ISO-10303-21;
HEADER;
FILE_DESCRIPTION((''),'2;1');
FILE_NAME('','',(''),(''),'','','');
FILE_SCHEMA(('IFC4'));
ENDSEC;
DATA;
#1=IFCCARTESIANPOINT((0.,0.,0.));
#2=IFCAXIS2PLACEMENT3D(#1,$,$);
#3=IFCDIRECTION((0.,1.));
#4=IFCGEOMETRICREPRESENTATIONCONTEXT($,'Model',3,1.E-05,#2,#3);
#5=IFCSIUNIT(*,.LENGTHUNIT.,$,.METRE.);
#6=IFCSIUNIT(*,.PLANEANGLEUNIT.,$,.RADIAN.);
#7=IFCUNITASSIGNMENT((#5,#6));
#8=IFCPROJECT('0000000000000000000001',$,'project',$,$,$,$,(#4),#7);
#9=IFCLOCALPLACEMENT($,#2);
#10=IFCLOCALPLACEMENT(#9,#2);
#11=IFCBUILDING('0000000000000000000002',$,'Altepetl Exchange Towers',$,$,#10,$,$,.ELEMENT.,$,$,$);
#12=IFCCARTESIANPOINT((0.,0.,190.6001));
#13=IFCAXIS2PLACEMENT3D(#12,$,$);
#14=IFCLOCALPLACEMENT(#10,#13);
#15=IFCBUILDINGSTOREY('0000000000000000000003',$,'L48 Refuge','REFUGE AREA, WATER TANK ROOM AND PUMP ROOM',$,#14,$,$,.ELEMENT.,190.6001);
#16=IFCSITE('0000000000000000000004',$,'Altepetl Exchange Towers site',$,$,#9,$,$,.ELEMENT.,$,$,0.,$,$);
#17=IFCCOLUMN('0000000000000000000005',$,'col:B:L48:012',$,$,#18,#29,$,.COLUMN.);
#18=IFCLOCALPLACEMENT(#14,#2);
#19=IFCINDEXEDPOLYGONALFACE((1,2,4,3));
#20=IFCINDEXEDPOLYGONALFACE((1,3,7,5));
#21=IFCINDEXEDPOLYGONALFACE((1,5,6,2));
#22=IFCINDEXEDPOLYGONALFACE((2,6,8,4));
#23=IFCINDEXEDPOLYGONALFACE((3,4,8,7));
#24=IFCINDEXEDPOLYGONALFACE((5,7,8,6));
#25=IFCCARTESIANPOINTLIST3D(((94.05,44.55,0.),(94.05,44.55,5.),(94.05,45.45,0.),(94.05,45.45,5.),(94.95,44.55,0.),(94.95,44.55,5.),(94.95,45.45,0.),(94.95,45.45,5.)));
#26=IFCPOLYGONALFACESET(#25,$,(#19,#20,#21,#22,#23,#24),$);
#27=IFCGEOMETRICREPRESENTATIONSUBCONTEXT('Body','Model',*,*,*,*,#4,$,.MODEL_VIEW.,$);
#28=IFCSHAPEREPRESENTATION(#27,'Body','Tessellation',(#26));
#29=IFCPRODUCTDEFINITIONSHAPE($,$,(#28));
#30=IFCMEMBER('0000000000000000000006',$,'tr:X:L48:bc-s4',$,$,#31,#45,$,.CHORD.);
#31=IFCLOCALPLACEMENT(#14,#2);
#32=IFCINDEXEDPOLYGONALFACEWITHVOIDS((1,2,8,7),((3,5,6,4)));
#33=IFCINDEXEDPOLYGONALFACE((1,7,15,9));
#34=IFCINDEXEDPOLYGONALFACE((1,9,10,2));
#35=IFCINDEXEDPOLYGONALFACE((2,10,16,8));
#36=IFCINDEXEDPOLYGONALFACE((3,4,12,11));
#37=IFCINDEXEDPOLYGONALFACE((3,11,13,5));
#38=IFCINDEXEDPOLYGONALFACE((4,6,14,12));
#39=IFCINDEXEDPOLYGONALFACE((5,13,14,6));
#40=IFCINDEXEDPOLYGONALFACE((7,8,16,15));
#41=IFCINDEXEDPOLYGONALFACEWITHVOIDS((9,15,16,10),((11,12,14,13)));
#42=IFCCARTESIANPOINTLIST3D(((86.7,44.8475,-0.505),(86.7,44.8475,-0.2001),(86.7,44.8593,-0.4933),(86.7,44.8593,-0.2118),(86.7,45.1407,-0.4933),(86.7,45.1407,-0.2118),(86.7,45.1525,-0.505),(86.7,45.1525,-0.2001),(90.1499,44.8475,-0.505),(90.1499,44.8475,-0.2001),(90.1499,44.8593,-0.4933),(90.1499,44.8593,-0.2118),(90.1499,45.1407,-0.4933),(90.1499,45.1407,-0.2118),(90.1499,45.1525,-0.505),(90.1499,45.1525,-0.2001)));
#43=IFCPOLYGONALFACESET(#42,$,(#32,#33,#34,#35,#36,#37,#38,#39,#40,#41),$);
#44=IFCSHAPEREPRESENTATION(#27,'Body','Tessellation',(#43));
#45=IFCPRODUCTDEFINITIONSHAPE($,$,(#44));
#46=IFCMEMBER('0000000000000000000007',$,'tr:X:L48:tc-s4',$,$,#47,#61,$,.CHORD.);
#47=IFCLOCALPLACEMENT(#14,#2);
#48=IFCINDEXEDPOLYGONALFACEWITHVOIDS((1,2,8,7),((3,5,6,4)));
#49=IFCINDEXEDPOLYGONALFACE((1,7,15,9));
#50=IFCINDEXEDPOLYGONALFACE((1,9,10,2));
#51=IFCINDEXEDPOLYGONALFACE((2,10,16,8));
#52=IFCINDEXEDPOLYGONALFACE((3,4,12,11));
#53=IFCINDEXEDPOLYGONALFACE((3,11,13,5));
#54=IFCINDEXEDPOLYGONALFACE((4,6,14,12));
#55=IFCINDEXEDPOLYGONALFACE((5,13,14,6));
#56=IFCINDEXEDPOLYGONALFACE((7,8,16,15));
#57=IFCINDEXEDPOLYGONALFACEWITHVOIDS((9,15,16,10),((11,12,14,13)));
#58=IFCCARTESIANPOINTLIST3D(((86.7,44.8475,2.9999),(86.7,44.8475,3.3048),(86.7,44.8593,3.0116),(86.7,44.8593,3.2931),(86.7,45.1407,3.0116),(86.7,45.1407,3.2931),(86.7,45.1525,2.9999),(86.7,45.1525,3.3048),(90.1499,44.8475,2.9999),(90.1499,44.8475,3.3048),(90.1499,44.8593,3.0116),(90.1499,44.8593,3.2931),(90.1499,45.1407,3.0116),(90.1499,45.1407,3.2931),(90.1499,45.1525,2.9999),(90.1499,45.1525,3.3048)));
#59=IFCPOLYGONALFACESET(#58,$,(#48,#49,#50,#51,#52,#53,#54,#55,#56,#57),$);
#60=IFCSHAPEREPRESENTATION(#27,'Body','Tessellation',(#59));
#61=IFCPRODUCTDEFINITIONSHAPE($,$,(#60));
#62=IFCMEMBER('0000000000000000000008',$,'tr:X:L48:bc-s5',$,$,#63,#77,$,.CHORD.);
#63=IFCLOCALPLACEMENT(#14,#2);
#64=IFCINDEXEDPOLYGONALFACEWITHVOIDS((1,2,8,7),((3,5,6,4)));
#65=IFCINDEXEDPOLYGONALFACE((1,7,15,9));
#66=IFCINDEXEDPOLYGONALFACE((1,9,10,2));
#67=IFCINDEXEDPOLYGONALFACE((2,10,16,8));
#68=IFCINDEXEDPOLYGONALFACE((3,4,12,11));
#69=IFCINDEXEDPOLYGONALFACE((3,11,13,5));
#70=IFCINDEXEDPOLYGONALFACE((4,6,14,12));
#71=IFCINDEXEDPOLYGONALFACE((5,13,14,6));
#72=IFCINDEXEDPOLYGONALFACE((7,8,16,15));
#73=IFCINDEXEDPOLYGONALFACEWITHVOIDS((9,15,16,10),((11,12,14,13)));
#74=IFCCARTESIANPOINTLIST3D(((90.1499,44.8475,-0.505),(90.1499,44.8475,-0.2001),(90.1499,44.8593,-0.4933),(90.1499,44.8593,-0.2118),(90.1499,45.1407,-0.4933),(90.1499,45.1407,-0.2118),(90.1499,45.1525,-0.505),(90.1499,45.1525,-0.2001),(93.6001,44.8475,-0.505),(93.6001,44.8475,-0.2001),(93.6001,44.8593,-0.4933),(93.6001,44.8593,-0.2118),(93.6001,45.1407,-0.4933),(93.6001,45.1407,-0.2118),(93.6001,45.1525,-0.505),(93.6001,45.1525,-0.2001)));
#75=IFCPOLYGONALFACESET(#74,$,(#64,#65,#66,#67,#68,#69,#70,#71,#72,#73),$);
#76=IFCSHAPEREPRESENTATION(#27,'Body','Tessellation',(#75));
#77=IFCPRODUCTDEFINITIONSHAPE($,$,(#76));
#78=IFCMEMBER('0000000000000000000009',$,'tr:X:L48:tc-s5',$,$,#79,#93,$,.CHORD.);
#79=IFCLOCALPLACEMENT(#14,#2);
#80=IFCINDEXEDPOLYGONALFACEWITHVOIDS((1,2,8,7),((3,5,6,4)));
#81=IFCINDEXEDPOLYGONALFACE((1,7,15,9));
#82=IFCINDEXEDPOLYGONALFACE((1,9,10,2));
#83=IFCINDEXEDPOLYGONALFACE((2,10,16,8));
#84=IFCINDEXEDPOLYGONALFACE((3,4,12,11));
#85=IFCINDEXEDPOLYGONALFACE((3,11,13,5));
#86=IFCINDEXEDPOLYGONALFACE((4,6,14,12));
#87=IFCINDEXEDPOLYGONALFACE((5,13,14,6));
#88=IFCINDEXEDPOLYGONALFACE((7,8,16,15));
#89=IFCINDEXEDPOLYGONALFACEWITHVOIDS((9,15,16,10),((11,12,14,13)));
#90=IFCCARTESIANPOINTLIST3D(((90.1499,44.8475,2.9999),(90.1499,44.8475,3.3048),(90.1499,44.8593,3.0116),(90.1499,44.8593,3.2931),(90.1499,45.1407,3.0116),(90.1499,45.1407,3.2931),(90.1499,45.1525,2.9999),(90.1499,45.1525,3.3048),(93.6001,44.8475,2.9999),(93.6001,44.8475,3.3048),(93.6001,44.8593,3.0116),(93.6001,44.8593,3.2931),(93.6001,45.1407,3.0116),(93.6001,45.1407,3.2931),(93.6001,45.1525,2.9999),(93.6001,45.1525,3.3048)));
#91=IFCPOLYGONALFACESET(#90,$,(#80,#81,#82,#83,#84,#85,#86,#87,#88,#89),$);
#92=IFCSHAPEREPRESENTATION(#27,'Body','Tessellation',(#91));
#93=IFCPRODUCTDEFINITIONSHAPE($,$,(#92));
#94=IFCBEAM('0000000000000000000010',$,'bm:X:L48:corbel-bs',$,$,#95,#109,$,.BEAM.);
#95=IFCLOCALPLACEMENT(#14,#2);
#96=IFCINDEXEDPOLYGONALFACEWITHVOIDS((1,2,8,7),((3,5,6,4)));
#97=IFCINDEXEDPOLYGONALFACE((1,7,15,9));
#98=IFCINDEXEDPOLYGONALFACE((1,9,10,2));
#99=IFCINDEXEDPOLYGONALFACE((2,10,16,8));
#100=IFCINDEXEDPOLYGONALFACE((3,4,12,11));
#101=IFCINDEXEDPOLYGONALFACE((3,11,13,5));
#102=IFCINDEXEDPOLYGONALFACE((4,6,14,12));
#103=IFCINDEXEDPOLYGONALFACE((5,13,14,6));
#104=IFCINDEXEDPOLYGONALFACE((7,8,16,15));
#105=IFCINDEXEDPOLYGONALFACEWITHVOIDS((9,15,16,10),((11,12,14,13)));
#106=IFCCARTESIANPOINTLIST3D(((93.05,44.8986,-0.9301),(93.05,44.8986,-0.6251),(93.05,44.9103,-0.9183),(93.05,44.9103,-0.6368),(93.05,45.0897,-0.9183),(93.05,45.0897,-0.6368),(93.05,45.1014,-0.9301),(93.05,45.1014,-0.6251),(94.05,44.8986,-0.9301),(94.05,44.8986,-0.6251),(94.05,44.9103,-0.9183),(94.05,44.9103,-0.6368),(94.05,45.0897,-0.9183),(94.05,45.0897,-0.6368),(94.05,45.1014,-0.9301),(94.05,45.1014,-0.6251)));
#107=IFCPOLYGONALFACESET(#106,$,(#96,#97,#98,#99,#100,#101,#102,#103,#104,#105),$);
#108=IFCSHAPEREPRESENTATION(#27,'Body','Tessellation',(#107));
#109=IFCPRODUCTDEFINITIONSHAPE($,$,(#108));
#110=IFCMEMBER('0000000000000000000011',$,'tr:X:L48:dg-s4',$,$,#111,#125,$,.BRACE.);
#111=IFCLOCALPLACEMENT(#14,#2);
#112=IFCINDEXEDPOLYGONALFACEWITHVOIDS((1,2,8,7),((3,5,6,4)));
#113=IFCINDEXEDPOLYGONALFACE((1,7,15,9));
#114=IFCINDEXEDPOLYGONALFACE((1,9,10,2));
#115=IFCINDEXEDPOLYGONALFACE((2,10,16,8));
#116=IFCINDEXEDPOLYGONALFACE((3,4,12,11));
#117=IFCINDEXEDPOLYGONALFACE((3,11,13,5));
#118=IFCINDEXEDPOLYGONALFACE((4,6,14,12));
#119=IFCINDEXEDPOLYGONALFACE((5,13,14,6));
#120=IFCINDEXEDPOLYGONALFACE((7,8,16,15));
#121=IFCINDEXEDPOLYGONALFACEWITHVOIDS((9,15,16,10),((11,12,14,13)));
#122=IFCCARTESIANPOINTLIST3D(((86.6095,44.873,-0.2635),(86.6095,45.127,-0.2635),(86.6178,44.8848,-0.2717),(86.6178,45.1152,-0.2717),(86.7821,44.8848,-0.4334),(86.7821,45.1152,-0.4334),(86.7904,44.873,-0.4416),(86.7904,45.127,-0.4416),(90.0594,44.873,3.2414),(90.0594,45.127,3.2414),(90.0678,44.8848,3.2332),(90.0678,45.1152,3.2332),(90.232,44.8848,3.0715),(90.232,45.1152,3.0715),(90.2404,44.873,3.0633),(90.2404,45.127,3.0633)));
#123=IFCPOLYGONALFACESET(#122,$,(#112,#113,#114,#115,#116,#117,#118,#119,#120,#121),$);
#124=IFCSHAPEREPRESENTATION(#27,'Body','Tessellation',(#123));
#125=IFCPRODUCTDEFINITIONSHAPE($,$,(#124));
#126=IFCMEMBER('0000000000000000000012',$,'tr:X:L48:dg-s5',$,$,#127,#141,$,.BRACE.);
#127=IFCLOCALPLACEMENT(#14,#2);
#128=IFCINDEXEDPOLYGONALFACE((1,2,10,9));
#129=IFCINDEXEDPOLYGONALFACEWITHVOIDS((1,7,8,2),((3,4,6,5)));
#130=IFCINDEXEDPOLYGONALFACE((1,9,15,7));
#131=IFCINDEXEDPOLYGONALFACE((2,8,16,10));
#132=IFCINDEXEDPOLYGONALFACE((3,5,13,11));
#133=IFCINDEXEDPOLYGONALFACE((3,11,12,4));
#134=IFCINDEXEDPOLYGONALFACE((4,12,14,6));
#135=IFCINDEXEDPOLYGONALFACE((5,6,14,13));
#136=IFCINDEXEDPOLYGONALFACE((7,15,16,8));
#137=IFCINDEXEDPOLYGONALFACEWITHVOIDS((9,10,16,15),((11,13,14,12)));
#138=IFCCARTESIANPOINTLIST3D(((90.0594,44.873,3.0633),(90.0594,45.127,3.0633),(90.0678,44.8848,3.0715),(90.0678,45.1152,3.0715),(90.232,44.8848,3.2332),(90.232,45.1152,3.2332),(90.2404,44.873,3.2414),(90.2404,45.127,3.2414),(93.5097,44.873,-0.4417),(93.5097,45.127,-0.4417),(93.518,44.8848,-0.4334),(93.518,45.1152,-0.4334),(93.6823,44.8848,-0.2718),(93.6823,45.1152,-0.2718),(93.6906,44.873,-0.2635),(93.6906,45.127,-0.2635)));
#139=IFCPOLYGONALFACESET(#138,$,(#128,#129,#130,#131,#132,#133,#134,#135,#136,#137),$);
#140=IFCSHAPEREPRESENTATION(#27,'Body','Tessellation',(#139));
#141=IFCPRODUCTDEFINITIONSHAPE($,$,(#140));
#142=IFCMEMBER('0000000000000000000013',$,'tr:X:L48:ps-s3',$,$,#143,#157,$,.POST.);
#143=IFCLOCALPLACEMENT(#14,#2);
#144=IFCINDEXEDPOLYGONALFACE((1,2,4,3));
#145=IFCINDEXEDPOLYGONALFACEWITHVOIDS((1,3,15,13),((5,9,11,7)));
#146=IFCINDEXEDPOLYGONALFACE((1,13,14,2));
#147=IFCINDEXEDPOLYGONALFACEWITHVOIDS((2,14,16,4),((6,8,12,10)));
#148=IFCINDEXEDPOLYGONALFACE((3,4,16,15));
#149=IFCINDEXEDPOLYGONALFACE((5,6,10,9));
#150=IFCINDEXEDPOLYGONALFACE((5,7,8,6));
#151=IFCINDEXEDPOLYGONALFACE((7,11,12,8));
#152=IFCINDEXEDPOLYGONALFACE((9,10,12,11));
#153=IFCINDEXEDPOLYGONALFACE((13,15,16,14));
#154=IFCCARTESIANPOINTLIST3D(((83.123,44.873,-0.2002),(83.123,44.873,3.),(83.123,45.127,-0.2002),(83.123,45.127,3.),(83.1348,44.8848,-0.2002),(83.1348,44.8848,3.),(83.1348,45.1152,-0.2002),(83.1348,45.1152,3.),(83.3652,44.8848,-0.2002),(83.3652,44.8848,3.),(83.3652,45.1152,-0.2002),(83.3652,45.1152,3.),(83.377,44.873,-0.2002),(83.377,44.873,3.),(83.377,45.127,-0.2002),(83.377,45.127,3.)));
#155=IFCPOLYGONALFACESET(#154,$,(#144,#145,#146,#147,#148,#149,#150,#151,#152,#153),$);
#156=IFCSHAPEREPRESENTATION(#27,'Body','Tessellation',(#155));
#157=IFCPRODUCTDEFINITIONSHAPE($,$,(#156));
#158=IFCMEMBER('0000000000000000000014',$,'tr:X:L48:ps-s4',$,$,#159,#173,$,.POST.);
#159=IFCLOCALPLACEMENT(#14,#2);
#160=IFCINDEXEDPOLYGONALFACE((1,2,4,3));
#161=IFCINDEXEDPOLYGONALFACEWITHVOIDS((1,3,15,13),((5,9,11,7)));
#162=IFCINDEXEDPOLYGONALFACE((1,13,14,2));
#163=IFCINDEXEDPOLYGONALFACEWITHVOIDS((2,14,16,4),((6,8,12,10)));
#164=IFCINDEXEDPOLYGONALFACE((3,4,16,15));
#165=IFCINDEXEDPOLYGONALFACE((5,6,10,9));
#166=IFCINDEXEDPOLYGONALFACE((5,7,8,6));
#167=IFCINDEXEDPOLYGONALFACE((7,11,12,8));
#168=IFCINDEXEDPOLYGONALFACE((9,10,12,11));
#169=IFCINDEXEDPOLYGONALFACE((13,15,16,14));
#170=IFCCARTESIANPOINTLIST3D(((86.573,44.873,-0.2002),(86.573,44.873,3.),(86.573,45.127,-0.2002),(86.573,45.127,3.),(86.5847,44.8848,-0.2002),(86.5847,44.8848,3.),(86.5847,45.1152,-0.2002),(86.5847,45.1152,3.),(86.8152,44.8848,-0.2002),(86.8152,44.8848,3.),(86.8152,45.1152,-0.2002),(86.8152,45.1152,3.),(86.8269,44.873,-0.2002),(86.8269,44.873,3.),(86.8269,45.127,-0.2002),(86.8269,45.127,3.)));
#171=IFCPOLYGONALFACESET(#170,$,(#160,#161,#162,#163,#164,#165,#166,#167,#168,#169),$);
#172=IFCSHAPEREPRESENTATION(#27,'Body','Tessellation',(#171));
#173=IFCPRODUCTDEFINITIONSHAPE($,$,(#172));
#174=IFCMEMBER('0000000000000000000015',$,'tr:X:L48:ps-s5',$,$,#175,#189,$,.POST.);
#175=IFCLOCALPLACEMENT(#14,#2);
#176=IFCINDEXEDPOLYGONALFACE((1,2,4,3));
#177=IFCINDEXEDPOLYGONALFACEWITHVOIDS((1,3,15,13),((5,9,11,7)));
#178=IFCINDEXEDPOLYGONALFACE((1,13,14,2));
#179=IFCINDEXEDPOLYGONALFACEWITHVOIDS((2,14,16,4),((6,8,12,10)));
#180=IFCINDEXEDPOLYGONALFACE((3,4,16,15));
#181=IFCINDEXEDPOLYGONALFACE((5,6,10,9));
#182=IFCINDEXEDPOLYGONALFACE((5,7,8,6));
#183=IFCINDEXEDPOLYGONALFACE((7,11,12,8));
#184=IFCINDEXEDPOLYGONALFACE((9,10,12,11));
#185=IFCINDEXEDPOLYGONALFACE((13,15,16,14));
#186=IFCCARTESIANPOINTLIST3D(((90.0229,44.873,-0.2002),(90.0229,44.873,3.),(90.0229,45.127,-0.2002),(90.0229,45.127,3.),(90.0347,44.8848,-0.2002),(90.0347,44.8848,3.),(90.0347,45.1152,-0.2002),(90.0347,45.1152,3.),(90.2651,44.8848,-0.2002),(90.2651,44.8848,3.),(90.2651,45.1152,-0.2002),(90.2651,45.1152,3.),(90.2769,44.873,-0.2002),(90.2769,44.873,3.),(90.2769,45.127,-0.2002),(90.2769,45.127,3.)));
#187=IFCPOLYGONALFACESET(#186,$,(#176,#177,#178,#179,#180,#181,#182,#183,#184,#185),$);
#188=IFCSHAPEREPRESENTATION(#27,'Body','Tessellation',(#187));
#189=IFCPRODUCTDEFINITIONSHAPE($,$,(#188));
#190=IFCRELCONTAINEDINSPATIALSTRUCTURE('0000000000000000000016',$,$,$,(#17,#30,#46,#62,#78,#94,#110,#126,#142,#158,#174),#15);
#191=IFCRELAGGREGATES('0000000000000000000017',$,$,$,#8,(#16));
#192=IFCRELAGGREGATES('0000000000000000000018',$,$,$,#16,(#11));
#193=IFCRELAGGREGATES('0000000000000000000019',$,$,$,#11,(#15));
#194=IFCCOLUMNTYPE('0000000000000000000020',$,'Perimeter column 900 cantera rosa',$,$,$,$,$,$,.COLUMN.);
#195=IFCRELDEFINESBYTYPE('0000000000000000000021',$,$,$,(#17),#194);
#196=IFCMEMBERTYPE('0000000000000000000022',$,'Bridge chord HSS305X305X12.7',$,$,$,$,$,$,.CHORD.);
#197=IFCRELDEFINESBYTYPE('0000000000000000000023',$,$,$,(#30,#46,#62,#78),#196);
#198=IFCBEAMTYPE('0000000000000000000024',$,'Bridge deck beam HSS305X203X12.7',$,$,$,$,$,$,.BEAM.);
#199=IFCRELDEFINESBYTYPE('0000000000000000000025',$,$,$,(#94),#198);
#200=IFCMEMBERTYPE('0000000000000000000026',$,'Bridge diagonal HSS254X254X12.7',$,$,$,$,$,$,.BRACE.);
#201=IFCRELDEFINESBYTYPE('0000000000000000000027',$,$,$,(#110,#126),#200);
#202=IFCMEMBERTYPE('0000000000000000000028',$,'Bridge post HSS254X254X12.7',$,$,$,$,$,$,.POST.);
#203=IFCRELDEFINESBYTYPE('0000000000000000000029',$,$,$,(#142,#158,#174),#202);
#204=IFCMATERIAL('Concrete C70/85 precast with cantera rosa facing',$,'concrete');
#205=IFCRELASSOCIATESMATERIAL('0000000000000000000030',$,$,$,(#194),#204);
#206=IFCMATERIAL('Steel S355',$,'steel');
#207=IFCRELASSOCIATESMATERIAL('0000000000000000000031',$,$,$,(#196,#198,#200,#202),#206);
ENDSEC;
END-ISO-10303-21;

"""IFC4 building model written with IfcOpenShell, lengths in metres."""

from ifc_helpers import new_model, si_unit, direction, frame, origin, origin_2d, place, context, subcontext, project, spatial, rectangle, hollow_rectangle, extrude, material, material_profile, profile_set, type_object, element, save


model = new_model("IFC4")

# Units and contexts
model_context = context("Model", 3, precision=1e-05, world=origin(), true_north=direction((0.0, 1.0)))
body_context = subcontext(model_context, "Body", "Model", "MODEL_VIEW")
ifc_project = project(units=[si_unit("LENGTHUNIT", "METRE"), si_unit("PLANEANGLEUNIT", "RADIAN")], contexts=[model_context])

# Site, building, storey
site_placement = place(None, origin())
site = spatial("IfcSite", under=ifc_project, at=site_placement, Name="Altepetl Exchange Towers site", CompositionType="ELEMENT", RefElevation=0.0)
building_placement = place(site_placement, origin())
building = spatial("IfcBuilding", under=site, at=building_placement, Name="Altepetl Exchange Towers", CompositionType="ELEMENT")
storey_placement = place(building_placement, frame((0.0, 0.0, 190.6001)))
storey = spatial("IfcBuildingStorey", under=building, at=storey_placement, Name="L48 Refuge", Description="REFUGE AREA, WATER TANK ROOM AND PUMP ROOM", CompositionType="ELEMENT", Elevation=190.6001)

# Column
ifc_material_1 = material(Name="Concrete C70/85 precast with cantera rosa facing", Category="concrete")
ifc_material_profile_1 = material_profile(ifc_material_1, rectangle(XDim=0.8999, YDim=0.8999, at=origin_2d()), Name="900 x 900")
ifc_profile_set_1 = profile_set([ifc_material_profile_1], Name="Concrete C70/85 precast with cantera rosa facing")
column_type = type_object("IfcColumnType", Name="Perimeter column 900 cantera rosa", PredefinedType="COLUMN", material=ifc_profile_set_1)
column_placement = place(storey_placement, frame((94.5, 45.0, 0.0)))
element("IfcColumn", 1, at=column_placement, inside=storey, type_object=column_type, Name="col:B:L48:012", PredefinedType="COLUMN", context=body_context, shape_type="SweptSolid", body=[
    extrude(rectangle(XDim=0.8999, YDim=0.8999, at=origin_2d()), origin(), (0.0, 0.0, 1.0), 5.0),
])

# Members
ifc_material_2 = material(Name="Steel S355", Category="steel")
ifc_material_profile_2 = material_profile(ifc_material_2, hollow_rectangle(XDim=0.3049, YDim=0.3049, WallThickness=0.0117, at=origin_2d()), Name="HSS305X305X12.7")
ifc_profile_set_2 = profile_set([ifc_material_profile_2], Name="Steel S355")
member_type_1 = type_object("IfcMemberType", Name="Bridge chord HSS305X305X12.7", PredefinedType="CHORD", material=ifc_profile_set_2)
for number, where, z_axis, x_axis, name in (
    (2, (86.7, 45.0, -0.3525), (1.0, 0.0, 0.0), (0.0, 1.0, 0.0), "tr:X:L48:bc-s4"),
    (3, (86.7, 45.0, 3.1523), (1.0, 0.0, 0.0), (0.0, 1.0, 0.0), "tr:X:L48:tc-s4"),
):
    element("IfcMember", number, at=place(storey_placement, frame(where, z_axis=z_axis, x_axis=x_axis)), inside=storey, type_object=member_type_1, Name=name, PredefinedType="CHORD", context=body_context, shape_type="SweptSolid", body=[
        extrude(hollow_rectangle(XDim=0.3049, YDim=0.3049, WallThickness=0.0117, at=origin_2d()), origin(), (0.0, 0.0, 1.0), 3.45),
    ])
for number, where, z_axis, x_axis, name in (
    (4, (90.1499, 45.0, -0.3525), (1.0, 0.0, 0.0), (0.0, 1.0, 0.0), "tr:X:L48:bc-s5"),
    (5, (90.1499, 45.0, 3.1523), (1.0, 0.0, 0.0), (0.0, 1.0, 0.0), "tr:X:L48:tc-s5"),
):
    element("IfcMember", number, at=place(storey_placement, frame(where, z_axis=z_axis, x_axis=x_axis)), inside=storey, type_object=member_type_1, Name=name, PredefinedType="CHORD", context=body_context, shape_type="SweptSolid", body=[
        extrude(hollow_rectangle(XDim=0.3049, YDim=0.3049, WallThickness=0.0117, at=origin_2d()), origin(), (0.0, 0.0, 1.0), 3.4502),
    ])

# Beam
ifc_material_profile_3 = material_profile(ifc_material_2, hollow_rectangle(XDim=0.2029, YDim=0.3049, WallThickness=0.0117, at=origin_2d()), Name="HSS305X203X12.7")
ifc_profile_set_3 = profile_set([ifc_material_profile_3], Name="Steel S355")
beam_type_1 = type_object("IfcBeamType", Name="Bridge deck beam HSS305X203X12.7", PredefinedType="BEAM", material=ifc_profile_set_3)
beam_1_placement = place(storey_placement, frame((94.05, 45.0, -0.7776), z_axis=(-1.0, 0.0, 0.0), x_axis=(0.0, -1.0, 0.0)))
element("IfcBeam", 6, at=beam_1_placement, inside=storey, type_object=beam_type_1, Name="bm:X:L48:corbel-bs", PredefinedType="BEAM", context=body_context, shape_type="SweptSolid", body=[
    extrude(hollow_rectangle(XDim=0.2029, YDim=0.3049, WallThickness=0.0117, at=origin_2d()), origin(), (0.0, 0.0, 1.0), 1.0),
])

# Members
ifc_material_profile_4 = material_profile(ifc_material_2, hollow_rectangle(XDim=0.2539, YDim=0.2539, WallThickness=0.0117, at=origin_2d()), Name="HSS254X254X12.7")
ifc_profile_set_4 = profile_set([ifc_material_profile_4], Name="Steel S355")
member_type_2 = type_object("IfcMemberType", Name="Bridge diagonal HSS254X254X12.7", PredefinedType="BRACE", material=ifc_profile_set_4)
member_1_placement = place(storey_placement, frame((86.7, 45.0, -0.3525), z_axis=(0.7015, 0.0, 0.71267), x_axis=(0.0, 1.0, 0.0)))
element("IfcMember", 7, at=member_1_placement, inside=storey, type_object=member_type_2, Name="tr:X:L48:dg-s4", PredefinedType="BRACE", context=body_context, shape_type="SweptSolid", body=[
    extrude(hollow_rectangle(XDim=0.2539, YDim=0.2539, WallThickness=0.0117, at=origin_2d()), origin(), (0.0, 0.0, 1.0), 4.918),
])
member_2_placement = place(storey_placement, frame((90.1499, 45.0, 3.1523), z_axis=(0.701525, 0.0, -0.712645), x_axis=(0.0, 1.0, 0.0)))
element("IfcMember", 8, at=member_2_placement, inside=storey, type_object=member_type_2, Name="tr:X:L48:dg-s5", PredefinedType="BRACE", context=body_context, shape_type="SweptSolid", body=[
    extrude(hollow_rectangle(XDim=0.2539, YDim=0.2539, WallThickness=0.0117, at=origin_2d()), origin(), (0.0, 0.0, 1.0), 4.9182),
])
ifc_material_profile_5 = material_profile(ifc_material_2, hollow_rectangle(XDim=0.2539, YDim=0.2539, WallThickness=0.0117, at=origin_2d()), Name="HSS254X254X12.7")
ifc_profile_set_5 = profile_set([ifc_material_profile_5], Name="Steel S355")
member_type_3 = type_object("IfcMemberType", Name="Bridge post HSS254X254X12.7", PredefinedType="POST", material=ifc_profile_set_5)
for number, where, name in (
    (9, (83.25, 45.0, -0.2002), "tr:X:L48:ps-s3"),
    (10, (86.7, 45.0, -0.2002), "tr:X:L48:ps-s4"),
    (11, (90.1499, 45.0, -0.2002), "tr:X:L48:ps-s5"),
):
    element("IfcMember", number, at=place(storey_placement, frame(where)), inside=storey, type_object=member_type_3, Name=name, PredefinedType="POST", context=body_context, shape_type="SweptSolid", body=[
        extrude(hollow_rectangle(XDim=0.2539, YDim=0.2539, WallThickness=0.0117, at=origin_2d()), origin(), (0.0, 0.0, 1.0), 3.2002),
    ])

save(model, "model.ifc")
